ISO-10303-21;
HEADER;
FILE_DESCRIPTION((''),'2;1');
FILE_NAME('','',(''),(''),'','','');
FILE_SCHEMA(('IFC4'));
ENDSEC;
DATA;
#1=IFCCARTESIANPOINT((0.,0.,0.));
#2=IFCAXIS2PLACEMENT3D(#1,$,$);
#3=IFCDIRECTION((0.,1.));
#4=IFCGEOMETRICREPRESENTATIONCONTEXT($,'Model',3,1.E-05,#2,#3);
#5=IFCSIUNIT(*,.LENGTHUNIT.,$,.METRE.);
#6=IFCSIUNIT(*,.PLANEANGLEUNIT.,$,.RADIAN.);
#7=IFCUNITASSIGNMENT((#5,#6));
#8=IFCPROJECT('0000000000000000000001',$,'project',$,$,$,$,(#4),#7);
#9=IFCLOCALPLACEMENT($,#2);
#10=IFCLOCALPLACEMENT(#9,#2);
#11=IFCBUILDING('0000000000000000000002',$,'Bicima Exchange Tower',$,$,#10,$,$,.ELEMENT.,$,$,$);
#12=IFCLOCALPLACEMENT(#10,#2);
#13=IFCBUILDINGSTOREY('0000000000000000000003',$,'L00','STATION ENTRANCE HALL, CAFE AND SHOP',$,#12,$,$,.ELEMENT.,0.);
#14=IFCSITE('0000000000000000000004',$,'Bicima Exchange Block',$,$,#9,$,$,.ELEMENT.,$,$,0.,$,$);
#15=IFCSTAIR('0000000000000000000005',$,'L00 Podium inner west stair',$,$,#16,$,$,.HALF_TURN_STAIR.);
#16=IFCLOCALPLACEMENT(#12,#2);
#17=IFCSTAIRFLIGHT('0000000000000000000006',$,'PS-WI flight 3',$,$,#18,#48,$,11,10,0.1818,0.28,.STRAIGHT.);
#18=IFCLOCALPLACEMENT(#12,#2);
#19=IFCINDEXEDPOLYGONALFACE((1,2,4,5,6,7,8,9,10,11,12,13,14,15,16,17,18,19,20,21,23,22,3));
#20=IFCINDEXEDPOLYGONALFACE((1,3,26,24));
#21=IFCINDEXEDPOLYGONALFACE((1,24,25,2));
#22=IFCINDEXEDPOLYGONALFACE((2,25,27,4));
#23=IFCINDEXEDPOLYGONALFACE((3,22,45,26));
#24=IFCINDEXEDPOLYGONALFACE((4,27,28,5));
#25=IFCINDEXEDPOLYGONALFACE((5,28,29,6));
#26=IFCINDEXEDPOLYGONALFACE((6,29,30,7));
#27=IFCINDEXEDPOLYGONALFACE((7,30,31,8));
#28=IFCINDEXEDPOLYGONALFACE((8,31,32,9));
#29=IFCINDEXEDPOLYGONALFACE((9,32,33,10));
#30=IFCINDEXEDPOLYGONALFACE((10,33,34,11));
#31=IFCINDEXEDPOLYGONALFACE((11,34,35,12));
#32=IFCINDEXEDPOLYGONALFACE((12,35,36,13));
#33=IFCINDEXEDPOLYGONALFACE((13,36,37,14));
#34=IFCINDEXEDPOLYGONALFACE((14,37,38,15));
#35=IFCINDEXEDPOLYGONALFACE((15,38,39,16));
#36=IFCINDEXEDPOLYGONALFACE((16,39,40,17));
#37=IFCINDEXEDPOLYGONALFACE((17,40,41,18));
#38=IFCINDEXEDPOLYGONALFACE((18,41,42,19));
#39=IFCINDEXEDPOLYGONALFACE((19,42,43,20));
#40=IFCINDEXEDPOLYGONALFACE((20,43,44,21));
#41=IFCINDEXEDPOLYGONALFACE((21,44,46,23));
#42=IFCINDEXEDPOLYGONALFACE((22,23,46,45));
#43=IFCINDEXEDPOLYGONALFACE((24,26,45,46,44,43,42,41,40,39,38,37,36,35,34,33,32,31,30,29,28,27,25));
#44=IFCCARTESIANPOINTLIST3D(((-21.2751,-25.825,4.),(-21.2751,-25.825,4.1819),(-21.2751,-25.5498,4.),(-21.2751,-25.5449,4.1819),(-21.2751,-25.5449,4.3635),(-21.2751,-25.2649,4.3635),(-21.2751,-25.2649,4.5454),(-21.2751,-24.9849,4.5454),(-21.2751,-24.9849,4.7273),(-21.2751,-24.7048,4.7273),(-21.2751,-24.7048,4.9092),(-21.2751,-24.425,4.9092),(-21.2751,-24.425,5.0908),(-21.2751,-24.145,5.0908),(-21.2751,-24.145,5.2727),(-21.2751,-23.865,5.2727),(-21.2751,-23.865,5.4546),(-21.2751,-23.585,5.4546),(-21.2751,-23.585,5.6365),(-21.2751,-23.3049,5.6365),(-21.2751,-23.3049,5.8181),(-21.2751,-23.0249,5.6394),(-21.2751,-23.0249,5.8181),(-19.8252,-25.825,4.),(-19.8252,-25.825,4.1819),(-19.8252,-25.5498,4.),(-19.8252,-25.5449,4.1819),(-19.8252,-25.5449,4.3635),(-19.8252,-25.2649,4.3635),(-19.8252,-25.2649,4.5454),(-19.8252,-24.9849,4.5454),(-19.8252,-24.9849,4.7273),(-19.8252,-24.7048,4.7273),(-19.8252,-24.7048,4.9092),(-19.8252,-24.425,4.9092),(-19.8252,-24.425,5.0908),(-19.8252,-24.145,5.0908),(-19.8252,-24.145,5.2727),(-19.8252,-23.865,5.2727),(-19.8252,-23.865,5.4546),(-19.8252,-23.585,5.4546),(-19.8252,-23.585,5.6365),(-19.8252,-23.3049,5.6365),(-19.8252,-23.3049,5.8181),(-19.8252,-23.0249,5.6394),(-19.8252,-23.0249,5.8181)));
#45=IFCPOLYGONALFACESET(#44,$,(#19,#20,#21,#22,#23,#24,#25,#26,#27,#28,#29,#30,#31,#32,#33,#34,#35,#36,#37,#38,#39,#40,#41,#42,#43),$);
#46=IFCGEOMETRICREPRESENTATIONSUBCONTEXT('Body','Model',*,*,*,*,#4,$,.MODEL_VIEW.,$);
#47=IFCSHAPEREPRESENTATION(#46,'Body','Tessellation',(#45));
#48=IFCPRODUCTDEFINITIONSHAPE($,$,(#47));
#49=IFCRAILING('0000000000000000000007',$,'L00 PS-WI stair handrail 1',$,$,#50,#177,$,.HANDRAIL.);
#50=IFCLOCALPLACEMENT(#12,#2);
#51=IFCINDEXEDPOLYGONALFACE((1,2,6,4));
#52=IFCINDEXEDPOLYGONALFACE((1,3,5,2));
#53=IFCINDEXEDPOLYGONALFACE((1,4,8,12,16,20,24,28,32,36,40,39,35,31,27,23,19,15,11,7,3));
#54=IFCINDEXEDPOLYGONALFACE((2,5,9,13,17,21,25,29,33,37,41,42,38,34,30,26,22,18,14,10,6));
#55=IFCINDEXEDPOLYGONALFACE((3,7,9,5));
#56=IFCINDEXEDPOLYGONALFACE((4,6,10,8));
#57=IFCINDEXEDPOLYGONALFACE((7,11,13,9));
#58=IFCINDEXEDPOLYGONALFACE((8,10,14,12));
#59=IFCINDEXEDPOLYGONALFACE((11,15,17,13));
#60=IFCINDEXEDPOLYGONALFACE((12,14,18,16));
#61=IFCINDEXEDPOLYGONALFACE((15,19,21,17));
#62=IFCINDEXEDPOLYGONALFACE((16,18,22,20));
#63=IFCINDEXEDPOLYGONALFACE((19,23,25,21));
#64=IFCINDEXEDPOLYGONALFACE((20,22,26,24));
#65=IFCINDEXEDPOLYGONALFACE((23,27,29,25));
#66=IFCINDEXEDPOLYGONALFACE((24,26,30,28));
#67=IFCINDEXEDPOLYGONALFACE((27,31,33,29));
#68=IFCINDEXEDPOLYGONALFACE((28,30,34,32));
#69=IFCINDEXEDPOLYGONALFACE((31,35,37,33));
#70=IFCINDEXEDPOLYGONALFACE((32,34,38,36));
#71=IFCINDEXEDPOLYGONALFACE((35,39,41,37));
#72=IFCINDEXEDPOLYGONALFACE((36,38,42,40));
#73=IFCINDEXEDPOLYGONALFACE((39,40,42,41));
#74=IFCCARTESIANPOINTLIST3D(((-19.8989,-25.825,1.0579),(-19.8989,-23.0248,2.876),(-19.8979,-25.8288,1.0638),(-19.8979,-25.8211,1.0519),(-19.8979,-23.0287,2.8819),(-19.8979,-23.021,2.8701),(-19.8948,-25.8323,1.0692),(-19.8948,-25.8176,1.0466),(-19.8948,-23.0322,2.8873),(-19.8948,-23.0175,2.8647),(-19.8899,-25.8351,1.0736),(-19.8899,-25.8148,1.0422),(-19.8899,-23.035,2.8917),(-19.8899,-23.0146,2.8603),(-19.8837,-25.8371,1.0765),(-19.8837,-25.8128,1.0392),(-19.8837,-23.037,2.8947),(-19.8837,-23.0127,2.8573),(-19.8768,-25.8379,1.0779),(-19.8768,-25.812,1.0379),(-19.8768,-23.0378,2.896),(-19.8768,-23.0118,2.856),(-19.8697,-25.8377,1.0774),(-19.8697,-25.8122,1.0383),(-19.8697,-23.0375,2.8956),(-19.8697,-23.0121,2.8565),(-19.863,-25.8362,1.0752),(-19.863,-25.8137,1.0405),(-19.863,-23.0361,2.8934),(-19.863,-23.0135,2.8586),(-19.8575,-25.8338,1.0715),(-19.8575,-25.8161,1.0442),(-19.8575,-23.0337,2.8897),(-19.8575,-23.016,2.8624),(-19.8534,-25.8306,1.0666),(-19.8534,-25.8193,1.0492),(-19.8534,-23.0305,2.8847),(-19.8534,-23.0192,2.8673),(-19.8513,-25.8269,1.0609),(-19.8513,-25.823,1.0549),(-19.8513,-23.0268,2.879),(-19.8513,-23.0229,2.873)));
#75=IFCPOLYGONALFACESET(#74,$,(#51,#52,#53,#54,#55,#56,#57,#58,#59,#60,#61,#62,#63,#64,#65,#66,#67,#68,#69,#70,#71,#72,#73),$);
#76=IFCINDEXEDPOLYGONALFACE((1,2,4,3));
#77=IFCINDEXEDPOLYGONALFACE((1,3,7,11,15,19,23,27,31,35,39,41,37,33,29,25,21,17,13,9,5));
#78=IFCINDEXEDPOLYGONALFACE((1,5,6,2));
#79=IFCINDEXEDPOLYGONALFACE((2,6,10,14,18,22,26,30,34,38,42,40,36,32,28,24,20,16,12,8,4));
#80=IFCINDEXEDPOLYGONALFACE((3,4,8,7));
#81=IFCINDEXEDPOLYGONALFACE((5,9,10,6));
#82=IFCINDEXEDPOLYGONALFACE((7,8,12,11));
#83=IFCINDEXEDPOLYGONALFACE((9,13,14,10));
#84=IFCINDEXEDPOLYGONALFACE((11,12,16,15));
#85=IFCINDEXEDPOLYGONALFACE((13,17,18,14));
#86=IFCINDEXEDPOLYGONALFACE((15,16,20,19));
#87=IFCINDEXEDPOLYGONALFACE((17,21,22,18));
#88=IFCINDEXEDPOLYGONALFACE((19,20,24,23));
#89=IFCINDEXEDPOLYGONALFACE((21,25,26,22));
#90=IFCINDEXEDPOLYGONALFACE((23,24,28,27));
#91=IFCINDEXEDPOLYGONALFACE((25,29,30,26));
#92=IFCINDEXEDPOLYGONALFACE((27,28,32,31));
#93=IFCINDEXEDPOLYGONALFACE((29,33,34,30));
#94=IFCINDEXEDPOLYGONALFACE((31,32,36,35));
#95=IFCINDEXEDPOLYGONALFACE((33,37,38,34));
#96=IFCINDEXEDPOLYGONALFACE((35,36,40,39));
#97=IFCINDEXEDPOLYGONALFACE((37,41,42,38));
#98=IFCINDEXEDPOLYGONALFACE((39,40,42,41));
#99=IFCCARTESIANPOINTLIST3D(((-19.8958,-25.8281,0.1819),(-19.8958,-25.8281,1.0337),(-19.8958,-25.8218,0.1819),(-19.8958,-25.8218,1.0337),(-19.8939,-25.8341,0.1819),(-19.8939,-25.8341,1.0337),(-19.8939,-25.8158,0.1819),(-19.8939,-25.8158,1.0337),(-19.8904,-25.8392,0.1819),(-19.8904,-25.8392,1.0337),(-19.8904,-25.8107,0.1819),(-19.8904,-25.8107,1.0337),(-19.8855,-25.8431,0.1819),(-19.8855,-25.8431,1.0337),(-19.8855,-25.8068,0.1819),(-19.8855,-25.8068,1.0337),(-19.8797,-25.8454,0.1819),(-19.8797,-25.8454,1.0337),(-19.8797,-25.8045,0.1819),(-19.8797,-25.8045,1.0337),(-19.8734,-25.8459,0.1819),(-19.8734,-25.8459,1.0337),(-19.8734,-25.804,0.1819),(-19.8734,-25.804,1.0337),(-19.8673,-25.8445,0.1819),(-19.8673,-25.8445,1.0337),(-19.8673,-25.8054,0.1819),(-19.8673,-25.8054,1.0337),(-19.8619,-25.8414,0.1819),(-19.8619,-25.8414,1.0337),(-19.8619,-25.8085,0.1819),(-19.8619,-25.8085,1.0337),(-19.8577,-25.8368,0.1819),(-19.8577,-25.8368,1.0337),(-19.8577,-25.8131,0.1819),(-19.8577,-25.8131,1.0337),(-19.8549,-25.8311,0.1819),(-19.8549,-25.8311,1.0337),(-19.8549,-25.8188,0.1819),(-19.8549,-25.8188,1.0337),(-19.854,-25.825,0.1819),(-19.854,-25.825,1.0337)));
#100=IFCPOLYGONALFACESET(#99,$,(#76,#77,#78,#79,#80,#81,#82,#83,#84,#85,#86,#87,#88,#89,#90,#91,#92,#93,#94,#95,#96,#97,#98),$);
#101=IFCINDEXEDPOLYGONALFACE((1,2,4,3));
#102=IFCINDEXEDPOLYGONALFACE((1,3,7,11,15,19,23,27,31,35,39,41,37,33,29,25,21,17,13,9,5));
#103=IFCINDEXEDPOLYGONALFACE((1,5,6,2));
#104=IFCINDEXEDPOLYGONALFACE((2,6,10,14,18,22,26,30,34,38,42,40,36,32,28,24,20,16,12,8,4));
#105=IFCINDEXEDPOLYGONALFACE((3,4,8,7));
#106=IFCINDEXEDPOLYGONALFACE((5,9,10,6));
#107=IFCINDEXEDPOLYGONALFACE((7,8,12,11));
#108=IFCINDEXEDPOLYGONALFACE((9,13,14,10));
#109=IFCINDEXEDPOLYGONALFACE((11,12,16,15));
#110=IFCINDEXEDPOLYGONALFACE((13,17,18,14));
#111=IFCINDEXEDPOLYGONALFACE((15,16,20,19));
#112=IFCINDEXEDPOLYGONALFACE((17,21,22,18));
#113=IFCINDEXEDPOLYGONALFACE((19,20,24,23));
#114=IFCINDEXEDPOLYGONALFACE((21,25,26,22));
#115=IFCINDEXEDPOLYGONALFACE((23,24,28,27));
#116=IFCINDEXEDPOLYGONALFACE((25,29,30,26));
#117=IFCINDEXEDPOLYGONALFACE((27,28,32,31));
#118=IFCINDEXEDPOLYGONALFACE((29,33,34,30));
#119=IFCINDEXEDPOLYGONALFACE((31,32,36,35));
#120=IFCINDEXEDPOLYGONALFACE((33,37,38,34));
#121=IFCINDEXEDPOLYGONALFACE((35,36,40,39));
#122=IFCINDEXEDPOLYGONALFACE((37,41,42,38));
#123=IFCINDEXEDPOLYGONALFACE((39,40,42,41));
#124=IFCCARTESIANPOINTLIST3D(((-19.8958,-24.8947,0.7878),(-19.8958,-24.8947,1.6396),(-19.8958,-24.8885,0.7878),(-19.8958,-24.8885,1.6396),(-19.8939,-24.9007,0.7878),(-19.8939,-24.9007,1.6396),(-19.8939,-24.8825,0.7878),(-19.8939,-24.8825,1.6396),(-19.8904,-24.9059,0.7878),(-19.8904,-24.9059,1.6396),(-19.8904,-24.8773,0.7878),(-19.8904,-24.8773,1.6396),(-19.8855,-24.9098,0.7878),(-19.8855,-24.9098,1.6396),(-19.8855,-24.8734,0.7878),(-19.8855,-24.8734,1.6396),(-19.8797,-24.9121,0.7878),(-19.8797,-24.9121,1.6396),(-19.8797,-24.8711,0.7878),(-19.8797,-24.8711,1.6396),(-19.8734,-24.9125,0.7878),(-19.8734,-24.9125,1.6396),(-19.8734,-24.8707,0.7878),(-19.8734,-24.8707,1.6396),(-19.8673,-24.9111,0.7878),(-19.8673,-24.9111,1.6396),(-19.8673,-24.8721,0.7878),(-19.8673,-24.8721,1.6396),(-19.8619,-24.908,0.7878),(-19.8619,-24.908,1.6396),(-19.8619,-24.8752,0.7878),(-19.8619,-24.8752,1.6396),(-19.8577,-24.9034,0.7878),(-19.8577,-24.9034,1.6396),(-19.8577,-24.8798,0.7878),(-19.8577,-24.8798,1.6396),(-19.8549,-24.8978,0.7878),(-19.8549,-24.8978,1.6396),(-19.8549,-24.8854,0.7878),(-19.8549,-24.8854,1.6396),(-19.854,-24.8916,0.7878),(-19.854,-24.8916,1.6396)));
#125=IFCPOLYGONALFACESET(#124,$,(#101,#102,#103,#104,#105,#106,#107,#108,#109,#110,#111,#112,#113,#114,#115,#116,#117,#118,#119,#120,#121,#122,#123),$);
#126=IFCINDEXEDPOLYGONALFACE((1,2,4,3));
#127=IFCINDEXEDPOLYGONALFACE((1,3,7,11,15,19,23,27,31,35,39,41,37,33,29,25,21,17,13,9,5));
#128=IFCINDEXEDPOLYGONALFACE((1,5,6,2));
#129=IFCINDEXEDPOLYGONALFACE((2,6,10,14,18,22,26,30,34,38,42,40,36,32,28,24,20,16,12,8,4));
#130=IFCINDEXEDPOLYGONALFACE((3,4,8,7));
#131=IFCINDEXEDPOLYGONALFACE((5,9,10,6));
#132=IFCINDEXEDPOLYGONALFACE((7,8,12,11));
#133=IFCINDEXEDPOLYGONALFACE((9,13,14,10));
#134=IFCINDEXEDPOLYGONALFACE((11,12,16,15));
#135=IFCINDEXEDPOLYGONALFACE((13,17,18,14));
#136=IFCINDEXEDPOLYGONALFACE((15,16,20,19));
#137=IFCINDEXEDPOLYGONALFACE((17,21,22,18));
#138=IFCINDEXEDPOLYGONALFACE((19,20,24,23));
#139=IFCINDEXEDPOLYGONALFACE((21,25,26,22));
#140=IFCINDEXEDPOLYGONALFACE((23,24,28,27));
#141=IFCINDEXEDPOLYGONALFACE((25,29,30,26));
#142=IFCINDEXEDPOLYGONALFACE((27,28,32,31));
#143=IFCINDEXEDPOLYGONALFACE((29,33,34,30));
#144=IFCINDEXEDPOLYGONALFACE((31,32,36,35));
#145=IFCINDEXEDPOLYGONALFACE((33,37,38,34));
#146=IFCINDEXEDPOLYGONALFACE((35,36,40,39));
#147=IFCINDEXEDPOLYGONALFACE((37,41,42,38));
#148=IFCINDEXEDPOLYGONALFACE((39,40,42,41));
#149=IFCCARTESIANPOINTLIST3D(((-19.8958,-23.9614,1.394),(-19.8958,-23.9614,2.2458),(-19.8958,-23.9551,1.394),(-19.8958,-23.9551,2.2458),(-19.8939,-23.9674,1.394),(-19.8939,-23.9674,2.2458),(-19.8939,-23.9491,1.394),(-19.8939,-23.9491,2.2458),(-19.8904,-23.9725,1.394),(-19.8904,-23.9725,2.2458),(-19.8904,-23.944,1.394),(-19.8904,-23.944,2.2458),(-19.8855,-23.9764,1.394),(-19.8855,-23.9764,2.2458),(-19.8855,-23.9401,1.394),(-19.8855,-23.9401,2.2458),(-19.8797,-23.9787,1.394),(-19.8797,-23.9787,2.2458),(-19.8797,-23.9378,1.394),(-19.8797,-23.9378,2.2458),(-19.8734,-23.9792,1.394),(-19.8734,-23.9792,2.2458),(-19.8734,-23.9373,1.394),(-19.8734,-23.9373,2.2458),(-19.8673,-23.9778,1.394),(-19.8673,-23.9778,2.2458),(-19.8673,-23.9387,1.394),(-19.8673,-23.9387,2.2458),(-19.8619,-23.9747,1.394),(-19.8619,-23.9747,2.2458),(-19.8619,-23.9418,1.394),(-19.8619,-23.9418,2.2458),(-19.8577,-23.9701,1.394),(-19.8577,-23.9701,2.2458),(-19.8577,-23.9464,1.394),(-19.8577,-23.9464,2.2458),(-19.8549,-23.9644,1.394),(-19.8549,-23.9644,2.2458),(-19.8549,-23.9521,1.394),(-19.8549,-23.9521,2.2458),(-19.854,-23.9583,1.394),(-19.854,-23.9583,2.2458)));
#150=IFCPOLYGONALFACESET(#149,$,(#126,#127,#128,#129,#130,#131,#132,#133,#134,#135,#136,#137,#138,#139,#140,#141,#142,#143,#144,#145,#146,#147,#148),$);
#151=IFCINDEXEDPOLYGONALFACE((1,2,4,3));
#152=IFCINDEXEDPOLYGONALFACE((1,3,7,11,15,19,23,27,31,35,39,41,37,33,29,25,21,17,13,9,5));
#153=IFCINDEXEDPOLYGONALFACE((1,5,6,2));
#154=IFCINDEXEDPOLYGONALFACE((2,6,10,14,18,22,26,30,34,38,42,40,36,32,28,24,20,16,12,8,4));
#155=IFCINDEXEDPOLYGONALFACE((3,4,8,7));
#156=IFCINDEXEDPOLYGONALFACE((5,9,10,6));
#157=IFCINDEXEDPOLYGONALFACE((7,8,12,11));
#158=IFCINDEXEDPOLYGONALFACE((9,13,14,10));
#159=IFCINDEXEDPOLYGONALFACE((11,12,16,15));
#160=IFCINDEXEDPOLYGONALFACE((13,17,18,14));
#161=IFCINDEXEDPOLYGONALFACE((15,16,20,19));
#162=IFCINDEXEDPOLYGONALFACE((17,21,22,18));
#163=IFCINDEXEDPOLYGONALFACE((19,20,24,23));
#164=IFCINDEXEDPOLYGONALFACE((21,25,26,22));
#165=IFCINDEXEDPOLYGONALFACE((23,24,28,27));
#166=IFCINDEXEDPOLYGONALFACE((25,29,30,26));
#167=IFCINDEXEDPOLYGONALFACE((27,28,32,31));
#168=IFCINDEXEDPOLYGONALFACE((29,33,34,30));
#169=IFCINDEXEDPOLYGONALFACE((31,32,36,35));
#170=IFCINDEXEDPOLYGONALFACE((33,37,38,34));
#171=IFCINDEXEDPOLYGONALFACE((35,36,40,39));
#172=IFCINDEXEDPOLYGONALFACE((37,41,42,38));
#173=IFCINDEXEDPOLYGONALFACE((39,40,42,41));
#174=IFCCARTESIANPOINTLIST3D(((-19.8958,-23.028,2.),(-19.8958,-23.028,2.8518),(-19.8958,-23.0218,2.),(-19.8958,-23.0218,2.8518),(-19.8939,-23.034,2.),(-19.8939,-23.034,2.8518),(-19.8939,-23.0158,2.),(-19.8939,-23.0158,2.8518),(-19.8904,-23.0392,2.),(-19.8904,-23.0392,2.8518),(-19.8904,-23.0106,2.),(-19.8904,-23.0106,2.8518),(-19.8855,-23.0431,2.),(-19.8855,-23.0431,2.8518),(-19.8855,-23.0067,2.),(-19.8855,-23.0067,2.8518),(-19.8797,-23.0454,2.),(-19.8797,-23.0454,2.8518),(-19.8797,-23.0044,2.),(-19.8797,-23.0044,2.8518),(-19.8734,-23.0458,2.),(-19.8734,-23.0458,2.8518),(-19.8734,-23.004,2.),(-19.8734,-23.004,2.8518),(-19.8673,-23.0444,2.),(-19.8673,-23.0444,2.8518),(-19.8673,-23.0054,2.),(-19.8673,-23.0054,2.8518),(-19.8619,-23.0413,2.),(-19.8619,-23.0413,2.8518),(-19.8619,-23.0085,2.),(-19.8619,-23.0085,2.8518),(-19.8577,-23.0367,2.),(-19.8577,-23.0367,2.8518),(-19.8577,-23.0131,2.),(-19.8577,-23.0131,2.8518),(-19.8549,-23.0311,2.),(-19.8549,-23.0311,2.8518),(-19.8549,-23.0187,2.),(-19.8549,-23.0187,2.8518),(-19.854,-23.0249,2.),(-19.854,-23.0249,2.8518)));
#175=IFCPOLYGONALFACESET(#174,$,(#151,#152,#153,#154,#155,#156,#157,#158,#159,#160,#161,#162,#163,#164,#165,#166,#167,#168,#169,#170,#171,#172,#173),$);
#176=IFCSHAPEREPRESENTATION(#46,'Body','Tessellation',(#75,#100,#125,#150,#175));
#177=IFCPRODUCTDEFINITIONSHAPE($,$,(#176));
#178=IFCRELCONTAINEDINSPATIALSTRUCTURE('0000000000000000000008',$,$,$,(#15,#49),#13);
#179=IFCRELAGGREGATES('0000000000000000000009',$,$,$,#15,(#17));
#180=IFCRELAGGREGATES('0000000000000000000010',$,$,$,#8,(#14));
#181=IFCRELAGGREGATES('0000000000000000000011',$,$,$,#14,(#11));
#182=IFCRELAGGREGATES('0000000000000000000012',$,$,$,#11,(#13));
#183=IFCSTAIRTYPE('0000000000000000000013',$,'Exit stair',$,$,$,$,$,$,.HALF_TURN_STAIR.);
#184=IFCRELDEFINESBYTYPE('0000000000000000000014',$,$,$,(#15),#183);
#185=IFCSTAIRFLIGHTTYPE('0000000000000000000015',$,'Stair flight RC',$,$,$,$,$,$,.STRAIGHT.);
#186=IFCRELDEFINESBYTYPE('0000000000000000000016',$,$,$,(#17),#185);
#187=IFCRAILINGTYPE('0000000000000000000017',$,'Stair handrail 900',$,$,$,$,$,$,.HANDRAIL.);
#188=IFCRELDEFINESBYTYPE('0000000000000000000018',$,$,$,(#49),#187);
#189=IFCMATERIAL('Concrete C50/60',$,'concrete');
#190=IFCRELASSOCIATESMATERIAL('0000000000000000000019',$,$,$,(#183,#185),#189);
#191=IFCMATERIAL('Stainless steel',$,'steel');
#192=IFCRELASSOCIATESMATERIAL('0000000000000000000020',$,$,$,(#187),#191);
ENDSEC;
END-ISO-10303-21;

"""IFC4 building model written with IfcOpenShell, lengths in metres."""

from ifc_helpers import new_model, si_unit, direction, frame, origin, origin_2d, place, context, subcontext, project, spatial, polyline, circle, outline, extrude, material, type_object, element, aggregate, save


model = new_model("IFC4")

# Units and contexts
model_context = context("Model", 3, precision=1e-05, world=origin(), true_north=direction((0.0, 1.0)))
body_context = subcontext(model_context, "Body", "Model", "MODEL_VIEW")
ifc_project = project(units=[si_unit("LENGTHUNIT", "METRE"), si_unit("PLANEANGLEUNIT", "RADIAN")], contexts=[model_context])

# Site, building, storey
site_placement = place(None, origin())
site = spatial("IfcSite", under=ifc_project, at=site_placement, Name="Bicima Exchange Block", CompositionType="ELEMENT", RefElevation=0.0)
building_placement = place(site_placement, origin())
building = spatial("IfcBuilding", under=site, at=building_placement, Name="Bicima Exchange Tower", CompositionType="ELEMENT")
storey_placement = place(building_placement, origin())
storey = spatial("IfcBuildingStorey", under=building, at=storey_placement, Name="L00", Description="STATION ENTRANCE HALL, CAFE AND SHOP", CompositionType="ELEMENT", Elevation=0.0)

# Shared definitions
ifc_material_1 = material(Name="Concrete C50/60", Category="concrete")

# Shared definitions
ifc_material_2 = material(Name="Stainless steel", Category="steel")

# Stair, stair flight
stair_type = type_object("IfcStairType", Name="Exit stair", PredefinedType="HALF_TURN_STAIR", material=ifc_material_1)
stair_placement = place(storey_placement, origin())
stair = element("IfcStair", 1, at=stair_placement, inside=storey, type_object=stair_type, Name="L00 Podium inner west stair", PredefinedType="HALF_TURN_STAIR")
stair_flight_type = type_object("IfcStairFlightType", Name="Stair flight RC", PredefinedType="STRAIGHT", material=ifc_material_1)
stair_flight_1_placement = place(storey_placement, frame((-20.55, -25.825, 4.0), z_axis=(0.0, 0.0, 1.0), x_axis=(0.0, 1.0, 0.0)))
stair_flight_1 = element("IfcStairFlight", 2, at=stair_flight_1_placement, type_object=stair_flight_type, Name="PS-WI flight 3", NumberOfRisers=11, NumberOfTreads=10, PredefinedType="STRAIGHT", RiserHeight=0.1818, TreadLength=0.28, context=body_context, shape_type="SweptSolid", body=[
    extrude(outline(polyline([(0.0, 0.0), (0.0, 0.1819), (0.28, 0.1819), (0.28, 0.3635), (0.5601, 0.3635), (0.5601, 0.5454), (0.8401, 0.5454), (0.8401, 0.7273), (1.1201, 0.7273), (1.1201, 0.9092), (1.3999, 0.9092), (1.3999, 1.0908), (1.6799, 1.0908), (1.6799, 1.2727), (1.96, 1.2727), (1.96, 1.4546), (2.24, 1.4546), (2.24, 1.6365), (2.52, 1.6365), (2.52, 1.8181), (2.8, 1.8181), (2.8, 2.0), (2.8, 1.6394), (0.2751, 0.0), (0.0, 0.0)])), frame((0.0, 0.7251, 0.0), z_axis=(0.0, -1.0, 0.0), x_axis=(1.0, 0.0, 0.0)), (0.0, 0.0, 1.0), 1.45),
])
aggregate(stair, [stair_flight_1])

# Railing
railing_type = type_object("IfcRailingType", Name="Stair handrail 900", PredefinedType="HANDRAIL", material=ifc_material_2)
for number, where, name in (
    (3, (-19.875, -25.825, 0.1819), "L00 PS-WI stair handrail 1"),
):
    element("IfcRailing", number, at=place(storey_placement, frame(where)), inside=storey, type_object=railing_type, Name=name, PredefinedType="HANDRAIL", context=body_context, shape_type="SweptSolid", body=[
        extrude(circle(Radius=0.0239, at=origin_2d()), frame((0.0, 0.0, 0.876), z_axis=(0.0, 0.838706, 0.544585), x_axis=(-1.0, 0.0, 0.0)), (0.0, 0.0, 1.0), 3.3386),
        extrude(circle(Radius=0.021, at=origin_2d()), origin(), (0.0, 0.0, 1.0), 0.8518),
        extrude(circle(Radius=0.021, at=origin_2d()), frame((0.0, 0.9333, 0.606)), (0.0, 0.0, 1.0), 0.8518),
        extrude(circle(Radius=0.021, at=origin_2d()), frame((0.0, 1.8667, 1.2122)), (0.0, 0.0, 1.0), 0.8518),
        extrude(circle(Radius=0.021, at=origin_2d()), frame((0.0, 2.8, 1.8181)), (0.0, 0.0, 1.0), 0.8518),
    ])

save(model, "model.ifc")
